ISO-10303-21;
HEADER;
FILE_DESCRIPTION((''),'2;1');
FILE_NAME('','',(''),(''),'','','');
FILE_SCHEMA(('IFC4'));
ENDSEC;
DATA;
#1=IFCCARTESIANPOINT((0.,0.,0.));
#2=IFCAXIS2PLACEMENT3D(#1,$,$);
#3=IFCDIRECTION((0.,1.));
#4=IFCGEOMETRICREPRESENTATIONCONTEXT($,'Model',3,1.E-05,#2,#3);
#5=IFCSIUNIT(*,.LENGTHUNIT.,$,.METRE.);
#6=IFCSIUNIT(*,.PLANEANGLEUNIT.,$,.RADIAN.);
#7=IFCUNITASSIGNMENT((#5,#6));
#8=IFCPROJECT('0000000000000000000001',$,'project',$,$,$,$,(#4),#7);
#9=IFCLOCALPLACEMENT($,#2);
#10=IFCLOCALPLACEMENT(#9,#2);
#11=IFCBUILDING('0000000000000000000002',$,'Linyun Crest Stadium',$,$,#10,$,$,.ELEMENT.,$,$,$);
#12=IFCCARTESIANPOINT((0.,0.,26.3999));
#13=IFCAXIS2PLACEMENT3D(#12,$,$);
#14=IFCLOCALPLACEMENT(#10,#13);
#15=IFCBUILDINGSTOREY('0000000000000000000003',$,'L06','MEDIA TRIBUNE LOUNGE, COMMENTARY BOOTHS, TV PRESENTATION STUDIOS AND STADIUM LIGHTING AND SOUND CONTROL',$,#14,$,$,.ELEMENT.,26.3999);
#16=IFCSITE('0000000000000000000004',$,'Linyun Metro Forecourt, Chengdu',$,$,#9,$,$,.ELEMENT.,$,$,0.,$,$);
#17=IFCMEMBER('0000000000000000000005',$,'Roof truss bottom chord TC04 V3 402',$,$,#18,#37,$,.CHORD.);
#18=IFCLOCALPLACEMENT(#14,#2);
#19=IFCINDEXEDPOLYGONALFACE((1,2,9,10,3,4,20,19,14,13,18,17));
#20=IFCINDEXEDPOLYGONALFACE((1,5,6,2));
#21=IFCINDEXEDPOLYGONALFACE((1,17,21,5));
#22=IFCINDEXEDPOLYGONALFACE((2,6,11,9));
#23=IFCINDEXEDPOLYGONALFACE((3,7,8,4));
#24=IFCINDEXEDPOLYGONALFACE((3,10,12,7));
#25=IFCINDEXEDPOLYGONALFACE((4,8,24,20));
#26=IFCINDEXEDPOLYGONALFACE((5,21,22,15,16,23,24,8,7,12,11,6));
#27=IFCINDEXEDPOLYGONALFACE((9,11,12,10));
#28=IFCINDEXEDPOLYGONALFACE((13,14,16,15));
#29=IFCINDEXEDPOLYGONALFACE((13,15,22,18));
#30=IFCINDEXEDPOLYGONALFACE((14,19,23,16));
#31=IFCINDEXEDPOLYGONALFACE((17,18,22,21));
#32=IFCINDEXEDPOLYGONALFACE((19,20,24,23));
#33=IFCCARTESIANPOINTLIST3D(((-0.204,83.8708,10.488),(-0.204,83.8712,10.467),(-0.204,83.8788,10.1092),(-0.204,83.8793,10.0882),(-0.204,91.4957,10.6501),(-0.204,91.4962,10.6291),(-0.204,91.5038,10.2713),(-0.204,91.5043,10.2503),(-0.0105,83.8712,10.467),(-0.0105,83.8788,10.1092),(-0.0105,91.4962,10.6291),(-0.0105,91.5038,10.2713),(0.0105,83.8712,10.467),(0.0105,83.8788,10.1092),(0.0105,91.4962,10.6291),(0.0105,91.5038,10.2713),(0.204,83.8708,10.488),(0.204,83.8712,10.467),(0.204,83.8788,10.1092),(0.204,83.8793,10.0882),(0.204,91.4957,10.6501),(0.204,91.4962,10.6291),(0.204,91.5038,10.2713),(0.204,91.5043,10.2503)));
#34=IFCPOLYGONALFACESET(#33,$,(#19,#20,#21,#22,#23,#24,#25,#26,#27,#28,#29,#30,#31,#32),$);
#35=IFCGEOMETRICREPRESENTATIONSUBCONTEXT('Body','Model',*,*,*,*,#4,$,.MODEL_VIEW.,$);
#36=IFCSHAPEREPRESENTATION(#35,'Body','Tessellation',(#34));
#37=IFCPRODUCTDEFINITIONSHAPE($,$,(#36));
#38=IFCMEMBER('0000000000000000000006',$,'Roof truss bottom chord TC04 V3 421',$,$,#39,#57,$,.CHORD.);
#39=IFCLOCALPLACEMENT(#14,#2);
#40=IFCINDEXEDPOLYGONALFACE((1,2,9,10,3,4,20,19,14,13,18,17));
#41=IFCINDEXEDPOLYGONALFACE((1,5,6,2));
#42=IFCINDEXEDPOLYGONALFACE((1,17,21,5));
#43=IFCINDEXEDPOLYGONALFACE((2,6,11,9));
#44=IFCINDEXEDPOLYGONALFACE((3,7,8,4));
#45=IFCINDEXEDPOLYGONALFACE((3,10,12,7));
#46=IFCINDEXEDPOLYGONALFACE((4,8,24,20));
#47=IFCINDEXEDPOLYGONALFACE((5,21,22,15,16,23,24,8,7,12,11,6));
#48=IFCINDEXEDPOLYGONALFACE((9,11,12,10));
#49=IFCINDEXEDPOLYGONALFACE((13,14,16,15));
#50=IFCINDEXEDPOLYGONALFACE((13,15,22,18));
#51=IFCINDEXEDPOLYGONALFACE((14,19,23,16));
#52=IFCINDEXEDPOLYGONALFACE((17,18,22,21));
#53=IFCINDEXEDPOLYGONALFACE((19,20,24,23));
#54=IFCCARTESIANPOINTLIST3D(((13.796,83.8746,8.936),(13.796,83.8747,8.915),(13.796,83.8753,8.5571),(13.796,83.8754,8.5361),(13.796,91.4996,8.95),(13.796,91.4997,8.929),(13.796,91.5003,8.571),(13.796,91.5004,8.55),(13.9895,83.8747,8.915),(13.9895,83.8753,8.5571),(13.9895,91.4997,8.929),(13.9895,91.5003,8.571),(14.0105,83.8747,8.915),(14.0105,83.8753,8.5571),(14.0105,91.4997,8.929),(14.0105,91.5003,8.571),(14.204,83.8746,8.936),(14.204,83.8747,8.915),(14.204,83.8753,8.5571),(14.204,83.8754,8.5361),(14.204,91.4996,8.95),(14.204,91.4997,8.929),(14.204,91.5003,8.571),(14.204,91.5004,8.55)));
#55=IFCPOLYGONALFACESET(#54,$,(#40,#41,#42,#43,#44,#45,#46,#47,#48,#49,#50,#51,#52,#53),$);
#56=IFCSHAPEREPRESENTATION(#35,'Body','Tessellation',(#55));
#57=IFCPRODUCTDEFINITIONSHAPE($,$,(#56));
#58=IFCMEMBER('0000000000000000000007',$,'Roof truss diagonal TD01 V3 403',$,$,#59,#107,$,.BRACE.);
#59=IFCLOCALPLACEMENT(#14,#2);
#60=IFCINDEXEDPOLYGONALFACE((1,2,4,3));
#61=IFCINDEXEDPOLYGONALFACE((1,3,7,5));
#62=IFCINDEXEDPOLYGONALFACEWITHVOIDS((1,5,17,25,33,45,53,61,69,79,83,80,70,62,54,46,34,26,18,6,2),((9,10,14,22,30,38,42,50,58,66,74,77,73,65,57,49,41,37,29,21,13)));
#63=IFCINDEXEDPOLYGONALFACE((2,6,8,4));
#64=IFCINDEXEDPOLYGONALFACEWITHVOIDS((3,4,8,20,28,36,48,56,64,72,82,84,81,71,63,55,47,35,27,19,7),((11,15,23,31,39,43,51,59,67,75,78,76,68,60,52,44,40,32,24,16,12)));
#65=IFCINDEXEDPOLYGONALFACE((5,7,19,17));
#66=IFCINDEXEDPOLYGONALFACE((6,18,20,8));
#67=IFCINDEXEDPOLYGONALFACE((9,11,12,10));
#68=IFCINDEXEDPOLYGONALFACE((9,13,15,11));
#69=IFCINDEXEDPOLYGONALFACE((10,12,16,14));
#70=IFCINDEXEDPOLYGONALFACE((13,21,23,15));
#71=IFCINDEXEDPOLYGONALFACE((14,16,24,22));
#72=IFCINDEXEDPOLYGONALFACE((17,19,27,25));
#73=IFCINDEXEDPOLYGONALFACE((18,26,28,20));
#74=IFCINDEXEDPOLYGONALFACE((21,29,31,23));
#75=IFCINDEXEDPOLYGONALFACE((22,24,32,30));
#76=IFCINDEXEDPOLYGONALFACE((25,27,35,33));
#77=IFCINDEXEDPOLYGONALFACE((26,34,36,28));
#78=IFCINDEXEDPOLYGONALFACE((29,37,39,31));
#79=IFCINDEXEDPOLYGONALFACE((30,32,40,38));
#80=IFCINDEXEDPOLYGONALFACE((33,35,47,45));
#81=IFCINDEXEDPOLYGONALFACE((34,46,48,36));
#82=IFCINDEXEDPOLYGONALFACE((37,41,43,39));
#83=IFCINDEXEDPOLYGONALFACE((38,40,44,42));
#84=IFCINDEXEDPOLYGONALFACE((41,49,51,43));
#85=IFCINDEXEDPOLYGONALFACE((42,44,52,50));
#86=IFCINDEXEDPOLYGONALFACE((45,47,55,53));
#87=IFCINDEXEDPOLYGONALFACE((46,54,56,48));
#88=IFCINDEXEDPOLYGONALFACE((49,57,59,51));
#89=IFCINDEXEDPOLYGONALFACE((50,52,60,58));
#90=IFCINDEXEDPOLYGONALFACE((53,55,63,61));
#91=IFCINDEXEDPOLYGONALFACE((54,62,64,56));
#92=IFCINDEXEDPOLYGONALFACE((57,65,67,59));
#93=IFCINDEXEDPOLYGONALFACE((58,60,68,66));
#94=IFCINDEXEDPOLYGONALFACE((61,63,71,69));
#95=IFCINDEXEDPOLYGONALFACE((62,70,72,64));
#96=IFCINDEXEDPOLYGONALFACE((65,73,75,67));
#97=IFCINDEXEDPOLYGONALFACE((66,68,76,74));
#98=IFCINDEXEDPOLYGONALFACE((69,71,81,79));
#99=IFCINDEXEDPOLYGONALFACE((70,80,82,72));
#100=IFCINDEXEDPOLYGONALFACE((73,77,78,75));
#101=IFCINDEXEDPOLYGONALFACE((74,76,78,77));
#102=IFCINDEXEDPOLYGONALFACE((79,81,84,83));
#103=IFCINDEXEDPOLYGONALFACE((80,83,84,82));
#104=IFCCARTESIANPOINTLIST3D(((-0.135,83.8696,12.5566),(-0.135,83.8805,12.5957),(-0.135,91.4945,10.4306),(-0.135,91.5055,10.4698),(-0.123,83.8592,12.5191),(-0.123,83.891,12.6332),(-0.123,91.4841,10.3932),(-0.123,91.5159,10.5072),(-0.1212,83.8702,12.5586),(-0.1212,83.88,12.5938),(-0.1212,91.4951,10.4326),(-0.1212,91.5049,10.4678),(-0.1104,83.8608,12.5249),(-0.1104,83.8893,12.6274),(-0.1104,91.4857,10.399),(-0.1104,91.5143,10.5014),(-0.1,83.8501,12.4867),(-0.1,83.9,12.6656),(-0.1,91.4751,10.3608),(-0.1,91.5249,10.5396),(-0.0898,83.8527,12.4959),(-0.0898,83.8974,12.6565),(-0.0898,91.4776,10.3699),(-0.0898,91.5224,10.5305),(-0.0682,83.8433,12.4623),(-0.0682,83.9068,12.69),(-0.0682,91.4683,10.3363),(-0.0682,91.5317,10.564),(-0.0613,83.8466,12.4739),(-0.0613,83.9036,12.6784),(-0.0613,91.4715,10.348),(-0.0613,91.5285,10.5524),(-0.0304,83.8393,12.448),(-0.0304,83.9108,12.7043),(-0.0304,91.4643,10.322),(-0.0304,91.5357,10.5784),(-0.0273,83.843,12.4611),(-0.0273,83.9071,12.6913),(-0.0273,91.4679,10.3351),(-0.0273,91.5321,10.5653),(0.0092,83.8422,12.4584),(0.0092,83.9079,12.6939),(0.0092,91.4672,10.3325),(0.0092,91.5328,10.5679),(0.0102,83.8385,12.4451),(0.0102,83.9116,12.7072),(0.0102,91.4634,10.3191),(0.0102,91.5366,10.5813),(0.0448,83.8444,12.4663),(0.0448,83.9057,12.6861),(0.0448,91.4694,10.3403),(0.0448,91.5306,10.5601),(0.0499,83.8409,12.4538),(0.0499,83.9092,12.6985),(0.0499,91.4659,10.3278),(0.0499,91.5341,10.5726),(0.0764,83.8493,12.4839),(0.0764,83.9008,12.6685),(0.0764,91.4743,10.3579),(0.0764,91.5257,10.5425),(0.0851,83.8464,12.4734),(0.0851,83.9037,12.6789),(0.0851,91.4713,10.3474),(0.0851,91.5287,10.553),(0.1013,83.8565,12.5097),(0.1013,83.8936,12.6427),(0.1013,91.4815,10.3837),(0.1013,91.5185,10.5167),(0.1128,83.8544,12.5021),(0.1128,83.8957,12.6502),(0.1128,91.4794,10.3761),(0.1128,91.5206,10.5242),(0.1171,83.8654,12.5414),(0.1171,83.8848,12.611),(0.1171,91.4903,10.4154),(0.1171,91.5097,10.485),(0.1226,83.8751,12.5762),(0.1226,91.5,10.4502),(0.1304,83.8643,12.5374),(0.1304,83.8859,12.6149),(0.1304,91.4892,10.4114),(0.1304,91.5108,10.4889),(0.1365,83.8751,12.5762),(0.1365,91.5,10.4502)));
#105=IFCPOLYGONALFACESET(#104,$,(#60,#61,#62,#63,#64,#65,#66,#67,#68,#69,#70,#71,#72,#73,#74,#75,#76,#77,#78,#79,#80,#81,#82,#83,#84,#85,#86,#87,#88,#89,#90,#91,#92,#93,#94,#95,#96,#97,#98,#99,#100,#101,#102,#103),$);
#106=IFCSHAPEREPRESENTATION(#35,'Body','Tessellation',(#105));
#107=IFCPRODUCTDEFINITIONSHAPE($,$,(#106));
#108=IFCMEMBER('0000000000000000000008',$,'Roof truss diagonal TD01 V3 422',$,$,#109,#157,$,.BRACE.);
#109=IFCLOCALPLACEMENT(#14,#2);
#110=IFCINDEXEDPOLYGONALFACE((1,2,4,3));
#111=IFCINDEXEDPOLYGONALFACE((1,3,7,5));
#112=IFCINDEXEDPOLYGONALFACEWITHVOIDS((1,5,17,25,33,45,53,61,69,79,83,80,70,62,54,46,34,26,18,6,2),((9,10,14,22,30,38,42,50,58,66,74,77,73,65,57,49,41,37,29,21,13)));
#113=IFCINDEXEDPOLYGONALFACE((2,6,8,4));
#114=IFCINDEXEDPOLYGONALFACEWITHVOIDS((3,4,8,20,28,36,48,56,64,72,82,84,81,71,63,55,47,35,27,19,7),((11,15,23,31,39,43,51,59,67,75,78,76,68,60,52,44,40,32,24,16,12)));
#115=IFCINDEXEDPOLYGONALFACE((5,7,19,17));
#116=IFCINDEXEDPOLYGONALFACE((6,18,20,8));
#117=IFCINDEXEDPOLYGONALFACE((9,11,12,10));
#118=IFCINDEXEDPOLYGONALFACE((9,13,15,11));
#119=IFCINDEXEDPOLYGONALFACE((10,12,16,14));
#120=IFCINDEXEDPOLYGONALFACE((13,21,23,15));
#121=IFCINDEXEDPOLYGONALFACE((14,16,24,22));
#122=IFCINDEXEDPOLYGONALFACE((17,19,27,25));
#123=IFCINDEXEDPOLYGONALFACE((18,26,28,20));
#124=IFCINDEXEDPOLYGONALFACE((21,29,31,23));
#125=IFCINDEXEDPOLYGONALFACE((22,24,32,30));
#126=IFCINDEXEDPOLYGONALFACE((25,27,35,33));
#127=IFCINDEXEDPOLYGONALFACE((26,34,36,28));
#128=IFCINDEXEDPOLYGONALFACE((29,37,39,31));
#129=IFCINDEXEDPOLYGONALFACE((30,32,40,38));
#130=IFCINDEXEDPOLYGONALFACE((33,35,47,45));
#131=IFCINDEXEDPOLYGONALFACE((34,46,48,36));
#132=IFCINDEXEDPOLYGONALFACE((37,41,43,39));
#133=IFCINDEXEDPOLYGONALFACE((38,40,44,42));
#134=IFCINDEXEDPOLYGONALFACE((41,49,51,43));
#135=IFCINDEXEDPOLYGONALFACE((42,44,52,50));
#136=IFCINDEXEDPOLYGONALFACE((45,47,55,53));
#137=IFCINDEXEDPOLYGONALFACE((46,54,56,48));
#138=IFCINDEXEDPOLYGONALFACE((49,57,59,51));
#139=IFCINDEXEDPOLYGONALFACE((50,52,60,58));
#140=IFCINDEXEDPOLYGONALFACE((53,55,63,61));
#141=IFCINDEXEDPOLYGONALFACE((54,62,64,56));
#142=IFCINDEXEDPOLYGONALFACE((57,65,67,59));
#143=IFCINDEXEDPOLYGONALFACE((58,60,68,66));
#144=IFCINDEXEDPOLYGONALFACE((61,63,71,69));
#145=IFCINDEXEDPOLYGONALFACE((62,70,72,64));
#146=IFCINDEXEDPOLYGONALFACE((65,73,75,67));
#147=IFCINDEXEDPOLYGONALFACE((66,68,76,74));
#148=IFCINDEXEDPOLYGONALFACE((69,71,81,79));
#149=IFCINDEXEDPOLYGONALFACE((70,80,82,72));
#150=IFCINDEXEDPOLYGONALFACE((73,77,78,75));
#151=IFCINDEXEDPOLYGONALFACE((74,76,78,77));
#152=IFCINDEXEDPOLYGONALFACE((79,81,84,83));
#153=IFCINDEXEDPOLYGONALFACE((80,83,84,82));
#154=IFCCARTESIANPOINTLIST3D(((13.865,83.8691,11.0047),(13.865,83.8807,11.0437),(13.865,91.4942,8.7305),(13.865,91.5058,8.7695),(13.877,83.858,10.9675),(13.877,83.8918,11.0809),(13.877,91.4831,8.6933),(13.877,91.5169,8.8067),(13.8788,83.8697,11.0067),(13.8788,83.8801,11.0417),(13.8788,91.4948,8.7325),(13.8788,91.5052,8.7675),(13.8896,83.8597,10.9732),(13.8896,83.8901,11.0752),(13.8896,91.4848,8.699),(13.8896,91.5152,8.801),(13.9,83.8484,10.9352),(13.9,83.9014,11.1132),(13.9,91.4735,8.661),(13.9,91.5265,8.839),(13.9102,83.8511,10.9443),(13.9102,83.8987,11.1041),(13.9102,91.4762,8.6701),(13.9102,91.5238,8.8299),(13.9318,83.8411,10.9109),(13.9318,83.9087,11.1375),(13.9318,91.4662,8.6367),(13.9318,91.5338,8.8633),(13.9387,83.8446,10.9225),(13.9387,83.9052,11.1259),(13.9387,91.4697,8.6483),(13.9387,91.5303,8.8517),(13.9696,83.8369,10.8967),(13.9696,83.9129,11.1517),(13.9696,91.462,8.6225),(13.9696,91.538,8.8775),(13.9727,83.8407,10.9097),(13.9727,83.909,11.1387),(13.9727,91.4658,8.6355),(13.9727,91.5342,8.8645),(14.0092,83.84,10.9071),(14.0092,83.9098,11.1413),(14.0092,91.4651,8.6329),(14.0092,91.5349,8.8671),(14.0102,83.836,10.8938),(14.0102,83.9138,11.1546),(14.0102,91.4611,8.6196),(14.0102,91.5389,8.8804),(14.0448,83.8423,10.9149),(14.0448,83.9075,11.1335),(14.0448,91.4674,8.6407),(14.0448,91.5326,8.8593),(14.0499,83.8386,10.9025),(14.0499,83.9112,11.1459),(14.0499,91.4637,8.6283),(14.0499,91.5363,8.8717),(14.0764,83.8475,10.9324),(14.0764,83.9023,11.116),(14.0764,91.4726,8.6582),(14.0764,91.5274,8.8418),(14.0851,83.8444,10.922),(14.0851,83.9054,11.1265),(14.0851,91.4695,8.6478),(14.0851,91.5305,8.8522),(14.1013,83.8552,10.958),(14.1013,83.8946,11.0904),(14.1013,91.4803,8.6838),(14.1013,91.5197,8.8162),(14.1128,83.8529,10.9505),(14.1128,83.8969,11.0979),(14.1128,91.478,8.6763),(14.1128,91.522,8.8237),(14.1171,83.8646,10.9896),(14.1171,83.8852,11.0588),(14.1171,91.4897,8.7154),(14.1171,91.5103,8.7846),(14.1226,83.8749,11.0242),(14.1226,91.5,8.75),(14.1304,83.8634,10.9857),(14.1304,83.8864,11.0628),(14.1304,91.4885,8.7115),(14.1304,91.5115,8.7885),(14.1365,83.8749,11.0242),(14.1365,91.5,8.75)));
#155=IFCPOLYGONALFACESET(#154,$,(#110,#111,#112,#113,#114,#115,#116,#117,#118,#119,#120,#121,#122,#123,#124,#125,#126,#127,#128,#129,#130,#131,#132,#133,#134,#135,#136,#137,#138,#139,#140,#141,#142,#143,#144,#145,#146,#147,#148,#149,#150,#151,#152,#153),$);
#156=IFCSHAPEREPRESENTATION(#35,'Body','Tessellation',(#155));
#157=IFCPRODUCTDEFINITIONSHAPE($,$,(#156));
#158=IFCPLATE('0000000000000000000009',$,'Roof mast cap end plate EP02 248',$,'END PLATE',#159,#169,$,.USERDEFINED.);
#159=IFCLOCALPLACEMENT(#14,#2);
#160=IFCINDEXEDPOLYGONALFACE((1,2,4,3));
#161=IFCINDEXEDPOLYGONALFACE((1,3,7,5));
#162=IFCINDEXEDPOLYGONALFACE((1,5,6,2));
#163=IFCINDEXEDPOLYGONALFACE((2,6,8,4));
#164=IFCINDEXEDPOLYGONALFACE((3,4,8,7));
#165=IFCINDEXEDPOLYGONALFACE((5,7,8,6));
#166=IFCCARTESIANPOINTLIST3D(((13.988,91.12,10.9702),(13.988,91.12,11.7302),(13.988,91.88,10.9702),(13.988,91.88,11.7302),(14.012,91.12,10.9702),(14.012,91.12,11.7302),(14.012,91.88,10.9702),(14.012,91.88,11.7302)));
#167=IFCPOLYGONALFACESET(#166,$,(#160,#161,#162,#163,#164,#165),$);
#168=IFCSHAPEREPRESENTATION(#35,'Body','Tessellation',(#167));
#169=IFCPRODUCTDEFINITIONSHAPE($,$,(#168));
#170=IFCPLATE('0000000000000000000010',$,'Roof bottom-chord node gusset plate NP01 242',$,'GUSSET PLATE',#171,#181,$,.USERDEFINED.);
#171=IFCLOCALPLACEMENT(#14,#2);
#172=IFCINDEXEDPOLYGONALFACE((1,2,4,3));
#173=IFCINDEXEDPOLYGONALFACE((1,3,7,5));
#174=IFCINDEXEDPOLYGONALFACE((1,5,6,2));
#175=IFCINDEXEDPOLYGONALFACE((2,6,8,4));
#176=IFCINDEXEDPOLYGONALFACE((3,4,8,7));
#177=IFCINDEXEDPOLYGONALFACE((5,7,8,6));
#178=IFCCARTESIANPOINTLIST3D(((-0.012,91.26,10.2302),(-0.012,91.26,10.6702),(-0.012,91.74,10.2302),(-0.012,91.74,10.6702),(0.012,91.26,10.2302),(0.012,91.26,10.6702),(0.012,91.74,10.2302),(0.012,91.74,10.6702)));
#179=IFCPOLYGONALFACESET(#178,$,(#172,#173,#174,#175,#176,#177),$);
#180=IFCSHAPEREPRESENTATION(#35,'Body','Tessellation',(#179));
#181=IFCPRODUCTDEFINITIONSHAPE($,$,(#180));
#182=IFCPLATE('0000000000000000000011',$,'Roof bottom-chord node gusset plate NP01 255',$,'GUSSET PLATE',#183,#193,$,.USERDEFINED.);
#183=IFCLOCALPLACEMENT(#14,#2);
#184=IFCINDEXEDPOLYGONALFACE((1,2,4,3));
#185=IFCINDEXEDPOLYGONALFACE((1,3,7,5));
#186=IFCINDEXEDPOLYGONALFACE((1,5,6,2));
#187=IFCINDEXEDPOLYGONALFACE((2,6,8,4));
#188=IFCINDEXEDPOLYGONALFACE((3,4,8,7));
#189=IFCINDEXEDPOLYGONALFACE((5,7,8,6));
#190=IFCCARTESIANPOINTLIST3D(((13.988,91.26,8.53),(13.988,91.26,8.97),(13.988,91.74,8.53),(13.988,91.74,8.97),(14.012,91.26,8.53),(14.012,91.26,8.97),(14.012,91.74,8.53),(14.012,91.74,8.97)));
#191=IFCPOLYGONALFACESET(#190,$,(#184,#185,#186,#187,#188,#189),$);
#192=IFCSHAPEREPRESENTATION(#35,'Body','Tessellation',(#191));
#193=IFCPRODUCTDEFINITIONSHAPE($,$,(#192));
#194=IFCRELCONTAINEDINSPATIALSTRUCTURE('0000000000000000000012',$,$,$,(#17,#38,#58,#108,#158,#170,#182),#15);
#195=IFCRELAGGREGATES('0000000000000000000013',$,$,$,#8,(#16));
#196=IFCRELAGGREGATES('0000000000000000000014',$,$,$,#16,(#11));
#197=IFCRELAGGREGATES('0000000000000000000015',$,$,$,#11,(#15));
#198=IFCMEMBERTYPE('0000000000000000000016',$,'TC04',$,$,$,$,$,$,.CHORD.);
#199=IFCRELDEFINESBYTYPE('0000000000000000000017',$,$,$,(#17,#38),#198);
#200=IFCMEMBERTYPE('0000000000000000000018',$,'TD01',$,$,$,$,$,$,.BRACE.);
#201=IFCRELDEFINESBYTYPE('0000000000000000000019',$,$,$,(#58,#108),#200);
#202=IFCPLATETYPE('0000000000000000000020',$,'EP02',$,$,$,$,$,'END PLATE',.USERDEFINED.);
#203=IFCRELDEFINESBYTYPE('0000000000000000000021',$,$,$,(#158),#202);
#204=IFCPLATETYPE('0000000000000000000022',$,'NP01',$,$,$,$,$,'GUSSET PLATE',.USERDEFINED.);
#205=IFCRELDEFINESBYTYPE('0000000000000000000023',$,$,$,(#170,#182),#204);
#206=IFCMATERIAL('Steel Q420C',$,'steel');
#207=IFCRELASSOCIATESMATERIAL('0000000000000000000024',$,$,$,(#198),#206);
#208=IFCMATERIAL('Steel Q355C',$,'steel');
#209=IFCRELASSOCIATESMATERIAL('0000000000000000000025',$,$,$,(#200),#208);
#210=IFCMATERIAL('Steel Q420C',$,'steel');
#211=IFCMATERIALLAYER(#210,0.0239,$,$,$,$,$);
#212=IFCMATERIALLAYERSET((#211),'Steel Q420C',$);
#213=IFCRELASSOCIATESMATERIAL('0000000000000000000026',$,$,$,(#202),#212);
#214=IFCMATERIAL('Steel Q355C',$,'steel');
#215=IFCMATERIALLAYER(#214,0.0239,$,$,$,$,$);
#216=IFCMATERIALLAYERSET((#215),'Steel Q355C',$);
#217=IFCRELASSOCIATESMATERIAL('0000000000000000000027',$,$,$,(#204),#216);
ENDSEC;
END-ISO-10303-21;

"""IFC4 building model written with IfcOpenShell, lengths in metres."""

from ifc_helpers import new_model, si_unit, direction, frame, origin, origin_2d, place, context, subcontext, project, spatial, rectangle, hollow_circle, i_section, extrude, material, layer, layer_set, material_profile, profile_set, type_object, element, save


model = new_model("IFC4")

# Units and contexts
model_context = context("Model", 3, precision=1e-05, world=origin(), true_north=direction((0.0, 1.0)))
body_context = subcontext(model_context, "Body", "Model", "MODEL_VIEW")
ifc_project = project(units=[si_unit("LENGTHUNIT", "METRE"), si_unit("PLANEANGLEUNIT", "RADIAN")], contexts=[model_context])

# Site, building, storey
site_placement = place(None, origin())
site = spatial("IfcSite", under=ifc_project, at=site_placement, Name="Linyun Metro Forecourt, Chengdu", CompositionType="ELEMENT", RefElevation=0.0)
building_placement = place(site_placement, origin())
building = spatial("IfcBuilding", under=site, at=building_placement, Name="Linyun Crest Stadium", CompositionType="ELEMENT")
storey_placement = place(building_placement, frame((0.0, 0.0, 26.3999)))
storey = spatial("IfcBuildingStorey", under=building, at=storey_placement, Name="L06", Description="MEDIA TRIBUNE LOUNGE, COMMENTARY BOOTHS, TV PRESENTATION STUDIOS AND STADIUM LIGHTING AND SOUND CONTROL", CompositionType="ELEMENT", Elevation=26.3999)

# Members
ifc_material_1 = material(Name="Steel Q420C", Category="steel")
ifc_material_profile_1 = material_profile(ifc_material_1, i_section(OverallWidth=0.408, OverallDepth=0.3999, WebThickness=0.021, FlangeThickness=0.021, at=origin_2d()), Name="HW 400x408")
ifc_profile_set_1 = profile_set([ifc_material_profile_1], Name="Steel Q420C")
member_type_1 = type_object("IfcMemberType", Name="TC04", PredefinedType="CHORD", material=ifc_profile_set_1)
member_1_placement = place(storey_placement, frame((0.0, 91.5, 10.4502), z_axis=(0.0, -0.999774, -0.021255), x_axis=(1.0, 0.0, 0.0)))
element("IfcMember", 1, at=member_1_placement, inside=storey, type_object=member_type_1, Name="Roof truss bottom chord TC04 V3 402", PredefinedType="CHORD", context=body_context, shape_type="SweptSolid", body=[
    extrude(i_section(OverallWidth=0.408, OverallDepth=0.3999, WebThickness=0.021, FlangeThickness=0.021, at=origin_2d()), origin(), (0.0, 0.0, 1.0), 7.6267),
])
member_2_placement = place(storey_placement, frame((14.0, 91.5, 8.75), z_axis=(0.0, -0.999998, -0.001825), x_axis=(1.0, 0.0, 0.0)))
element("IfcMember", 2, at=member_2_placement, inside=storey, type_object=member_type_1, Name="Roof truss bottom chord TC04 V3 421", PredefinedType="CHORD", context=body_context, shape_type="SweptSolid", body=[
    extrude(i_section(OverallWidth=0.408, OverallDepth=0.3999, WebThickness=0.021, FlangeThickness=0.021, at=origin_2d()), origin(), (0.0, 0.0, 1.0), 7.625),
])
ifc_material_2 = material(Name="Steel Q355C", Category="steel")
ifc_material_profile_2 = material_profile(ifc_material_2, hollow_circle(Radius=0.1365, WallThickness=0.0139, at=origin_2d()), Name="CHS 273x14")
ifc_profile_set_2 = profile_set([ifc_material_profile_2], Name="Steel Q355C")
member_type_2 = type_object("IfcMemberType", Name="TD01", PredefinedType="BRACE", material=ifc_profile_set_2)
member_3_placement = place(storey_placement, frame((0.0, 91.5, 10.4502), z_axis=(0.0, -0.963259, 0.268573), x_axis=(1.0, 0.0, 0.0)))
element("IfcMember", 3, at=member_3_placement, inside=storey, type_object=member_type_2, Name="Roof truss diagonal TD01 V3 403", PredefinedType="BRACE", context=body_context, shape_type="SweptSolid", body=[
    extrude(hollow_circle(Radius=0.1365, WallThickness=0.0139, at=origin_2d()), origin(), (0.0, 0.0, 1.0), 7.9158),
])
member_4_placement = place(storey_placement, frame((14.0, 91.5, 8.75), z_axis=(0.0, -0.958286, 0.285811), x_axis=(1.0, 0.0, 0.0)))
element("IfcMember", 4, at=member_4_placement, inside=storey, type_object=member_type_2, Name="Roof truss diagonal TD01 V3 422", PredefinedType="BRACE", context=body_context, shape_type="SweptSolid", body=[
    extrude(hollow_circle(Radius=0.1365, WallThickness=0.0139, at=origin_2d()), origin(), (0.0, 0.0, 1.0), 7.957),
])

# Plates
ifc_material_3 = material(Name="Steel Q420C", Category="steel")
ifc_layer_1 = layer(ifc_material_3, 0.0239)
ifc_layer_set_1 = layer_set([ifc_layer_1], Name="Steel Q420C")
plate_type_1 = type_object("IfcPlateType", Name="EP02", ElementType="END PLATE", PredefinedType="USERDEFINED", material=ifc_layer_set_1)
plate_1_placement = place(storey_placement, frame((14.0, 91.5, 10.9702), z_axis=(0.0, 0.0, 1.0), x_axis=(0.0, 1.0, 0.0)))
element("IfcPlate", 5, at=plate_1_placement, inside=storey, type_object=plate_type_1, Name="Roof mast cap end plate EP02 248", ObjectType="END PLATE", PredefinedType="USERDEFINED", context=body_context, shape_type="SweptSolid", body=[
    extrude(rectangle(XDim=0.76, YDim=0.0239, at=origin_2d()), origin(), (0.0, 0.0, 1.0), 0.76),
])
ifc_material_4 = material(Name="Steel Q355C", Category="steel")
ifc_layer_2 = layer(ifc_material_4, 0.0239)
ifc_layer_set_2 = layer_set([ifc_layer_2], Name="Steel Q355C")
plate_type_2 = type_object("IfcPlateType", Name="NP01", ElementType="GUSSET PLATE", PredefinedType="USERDEFINED", material=ifc_layer_set_2)
for number, where, z_axis, x_axis, name in (
    (6, (0.0, 91.5, 10.2302), (0.0, 0.0, 1.0), (0.0, 1.0, 0.0), "Roof bottom-chord node gusset plate NP01 242"),
    (7, (14.0, 91.5, 8.53), (0.0, 0.0, 1.0), (0.0, 1.0, 0.0), "Roof bottom-chord node gusset plate NP01 255"),
):
    element("IfcPlate", number, at=place(storey_placement, frame(where, z_axis=z_axis, x_axis=x_axis)), inside=storey, type_object=plate_type_2, Name=name, ObjectType="GUSSET PLATE", PredefinedType="USERDEFINED", context=body_context, shape_type="SweptSolid", body=[
        extrude(rectangle(XDim=0.48, YDim=0.0239, at=origin_2d()), origin(), (0.0, 0.0, 1.0), 0.4399),
    ])

save(model, "model.ifc")
